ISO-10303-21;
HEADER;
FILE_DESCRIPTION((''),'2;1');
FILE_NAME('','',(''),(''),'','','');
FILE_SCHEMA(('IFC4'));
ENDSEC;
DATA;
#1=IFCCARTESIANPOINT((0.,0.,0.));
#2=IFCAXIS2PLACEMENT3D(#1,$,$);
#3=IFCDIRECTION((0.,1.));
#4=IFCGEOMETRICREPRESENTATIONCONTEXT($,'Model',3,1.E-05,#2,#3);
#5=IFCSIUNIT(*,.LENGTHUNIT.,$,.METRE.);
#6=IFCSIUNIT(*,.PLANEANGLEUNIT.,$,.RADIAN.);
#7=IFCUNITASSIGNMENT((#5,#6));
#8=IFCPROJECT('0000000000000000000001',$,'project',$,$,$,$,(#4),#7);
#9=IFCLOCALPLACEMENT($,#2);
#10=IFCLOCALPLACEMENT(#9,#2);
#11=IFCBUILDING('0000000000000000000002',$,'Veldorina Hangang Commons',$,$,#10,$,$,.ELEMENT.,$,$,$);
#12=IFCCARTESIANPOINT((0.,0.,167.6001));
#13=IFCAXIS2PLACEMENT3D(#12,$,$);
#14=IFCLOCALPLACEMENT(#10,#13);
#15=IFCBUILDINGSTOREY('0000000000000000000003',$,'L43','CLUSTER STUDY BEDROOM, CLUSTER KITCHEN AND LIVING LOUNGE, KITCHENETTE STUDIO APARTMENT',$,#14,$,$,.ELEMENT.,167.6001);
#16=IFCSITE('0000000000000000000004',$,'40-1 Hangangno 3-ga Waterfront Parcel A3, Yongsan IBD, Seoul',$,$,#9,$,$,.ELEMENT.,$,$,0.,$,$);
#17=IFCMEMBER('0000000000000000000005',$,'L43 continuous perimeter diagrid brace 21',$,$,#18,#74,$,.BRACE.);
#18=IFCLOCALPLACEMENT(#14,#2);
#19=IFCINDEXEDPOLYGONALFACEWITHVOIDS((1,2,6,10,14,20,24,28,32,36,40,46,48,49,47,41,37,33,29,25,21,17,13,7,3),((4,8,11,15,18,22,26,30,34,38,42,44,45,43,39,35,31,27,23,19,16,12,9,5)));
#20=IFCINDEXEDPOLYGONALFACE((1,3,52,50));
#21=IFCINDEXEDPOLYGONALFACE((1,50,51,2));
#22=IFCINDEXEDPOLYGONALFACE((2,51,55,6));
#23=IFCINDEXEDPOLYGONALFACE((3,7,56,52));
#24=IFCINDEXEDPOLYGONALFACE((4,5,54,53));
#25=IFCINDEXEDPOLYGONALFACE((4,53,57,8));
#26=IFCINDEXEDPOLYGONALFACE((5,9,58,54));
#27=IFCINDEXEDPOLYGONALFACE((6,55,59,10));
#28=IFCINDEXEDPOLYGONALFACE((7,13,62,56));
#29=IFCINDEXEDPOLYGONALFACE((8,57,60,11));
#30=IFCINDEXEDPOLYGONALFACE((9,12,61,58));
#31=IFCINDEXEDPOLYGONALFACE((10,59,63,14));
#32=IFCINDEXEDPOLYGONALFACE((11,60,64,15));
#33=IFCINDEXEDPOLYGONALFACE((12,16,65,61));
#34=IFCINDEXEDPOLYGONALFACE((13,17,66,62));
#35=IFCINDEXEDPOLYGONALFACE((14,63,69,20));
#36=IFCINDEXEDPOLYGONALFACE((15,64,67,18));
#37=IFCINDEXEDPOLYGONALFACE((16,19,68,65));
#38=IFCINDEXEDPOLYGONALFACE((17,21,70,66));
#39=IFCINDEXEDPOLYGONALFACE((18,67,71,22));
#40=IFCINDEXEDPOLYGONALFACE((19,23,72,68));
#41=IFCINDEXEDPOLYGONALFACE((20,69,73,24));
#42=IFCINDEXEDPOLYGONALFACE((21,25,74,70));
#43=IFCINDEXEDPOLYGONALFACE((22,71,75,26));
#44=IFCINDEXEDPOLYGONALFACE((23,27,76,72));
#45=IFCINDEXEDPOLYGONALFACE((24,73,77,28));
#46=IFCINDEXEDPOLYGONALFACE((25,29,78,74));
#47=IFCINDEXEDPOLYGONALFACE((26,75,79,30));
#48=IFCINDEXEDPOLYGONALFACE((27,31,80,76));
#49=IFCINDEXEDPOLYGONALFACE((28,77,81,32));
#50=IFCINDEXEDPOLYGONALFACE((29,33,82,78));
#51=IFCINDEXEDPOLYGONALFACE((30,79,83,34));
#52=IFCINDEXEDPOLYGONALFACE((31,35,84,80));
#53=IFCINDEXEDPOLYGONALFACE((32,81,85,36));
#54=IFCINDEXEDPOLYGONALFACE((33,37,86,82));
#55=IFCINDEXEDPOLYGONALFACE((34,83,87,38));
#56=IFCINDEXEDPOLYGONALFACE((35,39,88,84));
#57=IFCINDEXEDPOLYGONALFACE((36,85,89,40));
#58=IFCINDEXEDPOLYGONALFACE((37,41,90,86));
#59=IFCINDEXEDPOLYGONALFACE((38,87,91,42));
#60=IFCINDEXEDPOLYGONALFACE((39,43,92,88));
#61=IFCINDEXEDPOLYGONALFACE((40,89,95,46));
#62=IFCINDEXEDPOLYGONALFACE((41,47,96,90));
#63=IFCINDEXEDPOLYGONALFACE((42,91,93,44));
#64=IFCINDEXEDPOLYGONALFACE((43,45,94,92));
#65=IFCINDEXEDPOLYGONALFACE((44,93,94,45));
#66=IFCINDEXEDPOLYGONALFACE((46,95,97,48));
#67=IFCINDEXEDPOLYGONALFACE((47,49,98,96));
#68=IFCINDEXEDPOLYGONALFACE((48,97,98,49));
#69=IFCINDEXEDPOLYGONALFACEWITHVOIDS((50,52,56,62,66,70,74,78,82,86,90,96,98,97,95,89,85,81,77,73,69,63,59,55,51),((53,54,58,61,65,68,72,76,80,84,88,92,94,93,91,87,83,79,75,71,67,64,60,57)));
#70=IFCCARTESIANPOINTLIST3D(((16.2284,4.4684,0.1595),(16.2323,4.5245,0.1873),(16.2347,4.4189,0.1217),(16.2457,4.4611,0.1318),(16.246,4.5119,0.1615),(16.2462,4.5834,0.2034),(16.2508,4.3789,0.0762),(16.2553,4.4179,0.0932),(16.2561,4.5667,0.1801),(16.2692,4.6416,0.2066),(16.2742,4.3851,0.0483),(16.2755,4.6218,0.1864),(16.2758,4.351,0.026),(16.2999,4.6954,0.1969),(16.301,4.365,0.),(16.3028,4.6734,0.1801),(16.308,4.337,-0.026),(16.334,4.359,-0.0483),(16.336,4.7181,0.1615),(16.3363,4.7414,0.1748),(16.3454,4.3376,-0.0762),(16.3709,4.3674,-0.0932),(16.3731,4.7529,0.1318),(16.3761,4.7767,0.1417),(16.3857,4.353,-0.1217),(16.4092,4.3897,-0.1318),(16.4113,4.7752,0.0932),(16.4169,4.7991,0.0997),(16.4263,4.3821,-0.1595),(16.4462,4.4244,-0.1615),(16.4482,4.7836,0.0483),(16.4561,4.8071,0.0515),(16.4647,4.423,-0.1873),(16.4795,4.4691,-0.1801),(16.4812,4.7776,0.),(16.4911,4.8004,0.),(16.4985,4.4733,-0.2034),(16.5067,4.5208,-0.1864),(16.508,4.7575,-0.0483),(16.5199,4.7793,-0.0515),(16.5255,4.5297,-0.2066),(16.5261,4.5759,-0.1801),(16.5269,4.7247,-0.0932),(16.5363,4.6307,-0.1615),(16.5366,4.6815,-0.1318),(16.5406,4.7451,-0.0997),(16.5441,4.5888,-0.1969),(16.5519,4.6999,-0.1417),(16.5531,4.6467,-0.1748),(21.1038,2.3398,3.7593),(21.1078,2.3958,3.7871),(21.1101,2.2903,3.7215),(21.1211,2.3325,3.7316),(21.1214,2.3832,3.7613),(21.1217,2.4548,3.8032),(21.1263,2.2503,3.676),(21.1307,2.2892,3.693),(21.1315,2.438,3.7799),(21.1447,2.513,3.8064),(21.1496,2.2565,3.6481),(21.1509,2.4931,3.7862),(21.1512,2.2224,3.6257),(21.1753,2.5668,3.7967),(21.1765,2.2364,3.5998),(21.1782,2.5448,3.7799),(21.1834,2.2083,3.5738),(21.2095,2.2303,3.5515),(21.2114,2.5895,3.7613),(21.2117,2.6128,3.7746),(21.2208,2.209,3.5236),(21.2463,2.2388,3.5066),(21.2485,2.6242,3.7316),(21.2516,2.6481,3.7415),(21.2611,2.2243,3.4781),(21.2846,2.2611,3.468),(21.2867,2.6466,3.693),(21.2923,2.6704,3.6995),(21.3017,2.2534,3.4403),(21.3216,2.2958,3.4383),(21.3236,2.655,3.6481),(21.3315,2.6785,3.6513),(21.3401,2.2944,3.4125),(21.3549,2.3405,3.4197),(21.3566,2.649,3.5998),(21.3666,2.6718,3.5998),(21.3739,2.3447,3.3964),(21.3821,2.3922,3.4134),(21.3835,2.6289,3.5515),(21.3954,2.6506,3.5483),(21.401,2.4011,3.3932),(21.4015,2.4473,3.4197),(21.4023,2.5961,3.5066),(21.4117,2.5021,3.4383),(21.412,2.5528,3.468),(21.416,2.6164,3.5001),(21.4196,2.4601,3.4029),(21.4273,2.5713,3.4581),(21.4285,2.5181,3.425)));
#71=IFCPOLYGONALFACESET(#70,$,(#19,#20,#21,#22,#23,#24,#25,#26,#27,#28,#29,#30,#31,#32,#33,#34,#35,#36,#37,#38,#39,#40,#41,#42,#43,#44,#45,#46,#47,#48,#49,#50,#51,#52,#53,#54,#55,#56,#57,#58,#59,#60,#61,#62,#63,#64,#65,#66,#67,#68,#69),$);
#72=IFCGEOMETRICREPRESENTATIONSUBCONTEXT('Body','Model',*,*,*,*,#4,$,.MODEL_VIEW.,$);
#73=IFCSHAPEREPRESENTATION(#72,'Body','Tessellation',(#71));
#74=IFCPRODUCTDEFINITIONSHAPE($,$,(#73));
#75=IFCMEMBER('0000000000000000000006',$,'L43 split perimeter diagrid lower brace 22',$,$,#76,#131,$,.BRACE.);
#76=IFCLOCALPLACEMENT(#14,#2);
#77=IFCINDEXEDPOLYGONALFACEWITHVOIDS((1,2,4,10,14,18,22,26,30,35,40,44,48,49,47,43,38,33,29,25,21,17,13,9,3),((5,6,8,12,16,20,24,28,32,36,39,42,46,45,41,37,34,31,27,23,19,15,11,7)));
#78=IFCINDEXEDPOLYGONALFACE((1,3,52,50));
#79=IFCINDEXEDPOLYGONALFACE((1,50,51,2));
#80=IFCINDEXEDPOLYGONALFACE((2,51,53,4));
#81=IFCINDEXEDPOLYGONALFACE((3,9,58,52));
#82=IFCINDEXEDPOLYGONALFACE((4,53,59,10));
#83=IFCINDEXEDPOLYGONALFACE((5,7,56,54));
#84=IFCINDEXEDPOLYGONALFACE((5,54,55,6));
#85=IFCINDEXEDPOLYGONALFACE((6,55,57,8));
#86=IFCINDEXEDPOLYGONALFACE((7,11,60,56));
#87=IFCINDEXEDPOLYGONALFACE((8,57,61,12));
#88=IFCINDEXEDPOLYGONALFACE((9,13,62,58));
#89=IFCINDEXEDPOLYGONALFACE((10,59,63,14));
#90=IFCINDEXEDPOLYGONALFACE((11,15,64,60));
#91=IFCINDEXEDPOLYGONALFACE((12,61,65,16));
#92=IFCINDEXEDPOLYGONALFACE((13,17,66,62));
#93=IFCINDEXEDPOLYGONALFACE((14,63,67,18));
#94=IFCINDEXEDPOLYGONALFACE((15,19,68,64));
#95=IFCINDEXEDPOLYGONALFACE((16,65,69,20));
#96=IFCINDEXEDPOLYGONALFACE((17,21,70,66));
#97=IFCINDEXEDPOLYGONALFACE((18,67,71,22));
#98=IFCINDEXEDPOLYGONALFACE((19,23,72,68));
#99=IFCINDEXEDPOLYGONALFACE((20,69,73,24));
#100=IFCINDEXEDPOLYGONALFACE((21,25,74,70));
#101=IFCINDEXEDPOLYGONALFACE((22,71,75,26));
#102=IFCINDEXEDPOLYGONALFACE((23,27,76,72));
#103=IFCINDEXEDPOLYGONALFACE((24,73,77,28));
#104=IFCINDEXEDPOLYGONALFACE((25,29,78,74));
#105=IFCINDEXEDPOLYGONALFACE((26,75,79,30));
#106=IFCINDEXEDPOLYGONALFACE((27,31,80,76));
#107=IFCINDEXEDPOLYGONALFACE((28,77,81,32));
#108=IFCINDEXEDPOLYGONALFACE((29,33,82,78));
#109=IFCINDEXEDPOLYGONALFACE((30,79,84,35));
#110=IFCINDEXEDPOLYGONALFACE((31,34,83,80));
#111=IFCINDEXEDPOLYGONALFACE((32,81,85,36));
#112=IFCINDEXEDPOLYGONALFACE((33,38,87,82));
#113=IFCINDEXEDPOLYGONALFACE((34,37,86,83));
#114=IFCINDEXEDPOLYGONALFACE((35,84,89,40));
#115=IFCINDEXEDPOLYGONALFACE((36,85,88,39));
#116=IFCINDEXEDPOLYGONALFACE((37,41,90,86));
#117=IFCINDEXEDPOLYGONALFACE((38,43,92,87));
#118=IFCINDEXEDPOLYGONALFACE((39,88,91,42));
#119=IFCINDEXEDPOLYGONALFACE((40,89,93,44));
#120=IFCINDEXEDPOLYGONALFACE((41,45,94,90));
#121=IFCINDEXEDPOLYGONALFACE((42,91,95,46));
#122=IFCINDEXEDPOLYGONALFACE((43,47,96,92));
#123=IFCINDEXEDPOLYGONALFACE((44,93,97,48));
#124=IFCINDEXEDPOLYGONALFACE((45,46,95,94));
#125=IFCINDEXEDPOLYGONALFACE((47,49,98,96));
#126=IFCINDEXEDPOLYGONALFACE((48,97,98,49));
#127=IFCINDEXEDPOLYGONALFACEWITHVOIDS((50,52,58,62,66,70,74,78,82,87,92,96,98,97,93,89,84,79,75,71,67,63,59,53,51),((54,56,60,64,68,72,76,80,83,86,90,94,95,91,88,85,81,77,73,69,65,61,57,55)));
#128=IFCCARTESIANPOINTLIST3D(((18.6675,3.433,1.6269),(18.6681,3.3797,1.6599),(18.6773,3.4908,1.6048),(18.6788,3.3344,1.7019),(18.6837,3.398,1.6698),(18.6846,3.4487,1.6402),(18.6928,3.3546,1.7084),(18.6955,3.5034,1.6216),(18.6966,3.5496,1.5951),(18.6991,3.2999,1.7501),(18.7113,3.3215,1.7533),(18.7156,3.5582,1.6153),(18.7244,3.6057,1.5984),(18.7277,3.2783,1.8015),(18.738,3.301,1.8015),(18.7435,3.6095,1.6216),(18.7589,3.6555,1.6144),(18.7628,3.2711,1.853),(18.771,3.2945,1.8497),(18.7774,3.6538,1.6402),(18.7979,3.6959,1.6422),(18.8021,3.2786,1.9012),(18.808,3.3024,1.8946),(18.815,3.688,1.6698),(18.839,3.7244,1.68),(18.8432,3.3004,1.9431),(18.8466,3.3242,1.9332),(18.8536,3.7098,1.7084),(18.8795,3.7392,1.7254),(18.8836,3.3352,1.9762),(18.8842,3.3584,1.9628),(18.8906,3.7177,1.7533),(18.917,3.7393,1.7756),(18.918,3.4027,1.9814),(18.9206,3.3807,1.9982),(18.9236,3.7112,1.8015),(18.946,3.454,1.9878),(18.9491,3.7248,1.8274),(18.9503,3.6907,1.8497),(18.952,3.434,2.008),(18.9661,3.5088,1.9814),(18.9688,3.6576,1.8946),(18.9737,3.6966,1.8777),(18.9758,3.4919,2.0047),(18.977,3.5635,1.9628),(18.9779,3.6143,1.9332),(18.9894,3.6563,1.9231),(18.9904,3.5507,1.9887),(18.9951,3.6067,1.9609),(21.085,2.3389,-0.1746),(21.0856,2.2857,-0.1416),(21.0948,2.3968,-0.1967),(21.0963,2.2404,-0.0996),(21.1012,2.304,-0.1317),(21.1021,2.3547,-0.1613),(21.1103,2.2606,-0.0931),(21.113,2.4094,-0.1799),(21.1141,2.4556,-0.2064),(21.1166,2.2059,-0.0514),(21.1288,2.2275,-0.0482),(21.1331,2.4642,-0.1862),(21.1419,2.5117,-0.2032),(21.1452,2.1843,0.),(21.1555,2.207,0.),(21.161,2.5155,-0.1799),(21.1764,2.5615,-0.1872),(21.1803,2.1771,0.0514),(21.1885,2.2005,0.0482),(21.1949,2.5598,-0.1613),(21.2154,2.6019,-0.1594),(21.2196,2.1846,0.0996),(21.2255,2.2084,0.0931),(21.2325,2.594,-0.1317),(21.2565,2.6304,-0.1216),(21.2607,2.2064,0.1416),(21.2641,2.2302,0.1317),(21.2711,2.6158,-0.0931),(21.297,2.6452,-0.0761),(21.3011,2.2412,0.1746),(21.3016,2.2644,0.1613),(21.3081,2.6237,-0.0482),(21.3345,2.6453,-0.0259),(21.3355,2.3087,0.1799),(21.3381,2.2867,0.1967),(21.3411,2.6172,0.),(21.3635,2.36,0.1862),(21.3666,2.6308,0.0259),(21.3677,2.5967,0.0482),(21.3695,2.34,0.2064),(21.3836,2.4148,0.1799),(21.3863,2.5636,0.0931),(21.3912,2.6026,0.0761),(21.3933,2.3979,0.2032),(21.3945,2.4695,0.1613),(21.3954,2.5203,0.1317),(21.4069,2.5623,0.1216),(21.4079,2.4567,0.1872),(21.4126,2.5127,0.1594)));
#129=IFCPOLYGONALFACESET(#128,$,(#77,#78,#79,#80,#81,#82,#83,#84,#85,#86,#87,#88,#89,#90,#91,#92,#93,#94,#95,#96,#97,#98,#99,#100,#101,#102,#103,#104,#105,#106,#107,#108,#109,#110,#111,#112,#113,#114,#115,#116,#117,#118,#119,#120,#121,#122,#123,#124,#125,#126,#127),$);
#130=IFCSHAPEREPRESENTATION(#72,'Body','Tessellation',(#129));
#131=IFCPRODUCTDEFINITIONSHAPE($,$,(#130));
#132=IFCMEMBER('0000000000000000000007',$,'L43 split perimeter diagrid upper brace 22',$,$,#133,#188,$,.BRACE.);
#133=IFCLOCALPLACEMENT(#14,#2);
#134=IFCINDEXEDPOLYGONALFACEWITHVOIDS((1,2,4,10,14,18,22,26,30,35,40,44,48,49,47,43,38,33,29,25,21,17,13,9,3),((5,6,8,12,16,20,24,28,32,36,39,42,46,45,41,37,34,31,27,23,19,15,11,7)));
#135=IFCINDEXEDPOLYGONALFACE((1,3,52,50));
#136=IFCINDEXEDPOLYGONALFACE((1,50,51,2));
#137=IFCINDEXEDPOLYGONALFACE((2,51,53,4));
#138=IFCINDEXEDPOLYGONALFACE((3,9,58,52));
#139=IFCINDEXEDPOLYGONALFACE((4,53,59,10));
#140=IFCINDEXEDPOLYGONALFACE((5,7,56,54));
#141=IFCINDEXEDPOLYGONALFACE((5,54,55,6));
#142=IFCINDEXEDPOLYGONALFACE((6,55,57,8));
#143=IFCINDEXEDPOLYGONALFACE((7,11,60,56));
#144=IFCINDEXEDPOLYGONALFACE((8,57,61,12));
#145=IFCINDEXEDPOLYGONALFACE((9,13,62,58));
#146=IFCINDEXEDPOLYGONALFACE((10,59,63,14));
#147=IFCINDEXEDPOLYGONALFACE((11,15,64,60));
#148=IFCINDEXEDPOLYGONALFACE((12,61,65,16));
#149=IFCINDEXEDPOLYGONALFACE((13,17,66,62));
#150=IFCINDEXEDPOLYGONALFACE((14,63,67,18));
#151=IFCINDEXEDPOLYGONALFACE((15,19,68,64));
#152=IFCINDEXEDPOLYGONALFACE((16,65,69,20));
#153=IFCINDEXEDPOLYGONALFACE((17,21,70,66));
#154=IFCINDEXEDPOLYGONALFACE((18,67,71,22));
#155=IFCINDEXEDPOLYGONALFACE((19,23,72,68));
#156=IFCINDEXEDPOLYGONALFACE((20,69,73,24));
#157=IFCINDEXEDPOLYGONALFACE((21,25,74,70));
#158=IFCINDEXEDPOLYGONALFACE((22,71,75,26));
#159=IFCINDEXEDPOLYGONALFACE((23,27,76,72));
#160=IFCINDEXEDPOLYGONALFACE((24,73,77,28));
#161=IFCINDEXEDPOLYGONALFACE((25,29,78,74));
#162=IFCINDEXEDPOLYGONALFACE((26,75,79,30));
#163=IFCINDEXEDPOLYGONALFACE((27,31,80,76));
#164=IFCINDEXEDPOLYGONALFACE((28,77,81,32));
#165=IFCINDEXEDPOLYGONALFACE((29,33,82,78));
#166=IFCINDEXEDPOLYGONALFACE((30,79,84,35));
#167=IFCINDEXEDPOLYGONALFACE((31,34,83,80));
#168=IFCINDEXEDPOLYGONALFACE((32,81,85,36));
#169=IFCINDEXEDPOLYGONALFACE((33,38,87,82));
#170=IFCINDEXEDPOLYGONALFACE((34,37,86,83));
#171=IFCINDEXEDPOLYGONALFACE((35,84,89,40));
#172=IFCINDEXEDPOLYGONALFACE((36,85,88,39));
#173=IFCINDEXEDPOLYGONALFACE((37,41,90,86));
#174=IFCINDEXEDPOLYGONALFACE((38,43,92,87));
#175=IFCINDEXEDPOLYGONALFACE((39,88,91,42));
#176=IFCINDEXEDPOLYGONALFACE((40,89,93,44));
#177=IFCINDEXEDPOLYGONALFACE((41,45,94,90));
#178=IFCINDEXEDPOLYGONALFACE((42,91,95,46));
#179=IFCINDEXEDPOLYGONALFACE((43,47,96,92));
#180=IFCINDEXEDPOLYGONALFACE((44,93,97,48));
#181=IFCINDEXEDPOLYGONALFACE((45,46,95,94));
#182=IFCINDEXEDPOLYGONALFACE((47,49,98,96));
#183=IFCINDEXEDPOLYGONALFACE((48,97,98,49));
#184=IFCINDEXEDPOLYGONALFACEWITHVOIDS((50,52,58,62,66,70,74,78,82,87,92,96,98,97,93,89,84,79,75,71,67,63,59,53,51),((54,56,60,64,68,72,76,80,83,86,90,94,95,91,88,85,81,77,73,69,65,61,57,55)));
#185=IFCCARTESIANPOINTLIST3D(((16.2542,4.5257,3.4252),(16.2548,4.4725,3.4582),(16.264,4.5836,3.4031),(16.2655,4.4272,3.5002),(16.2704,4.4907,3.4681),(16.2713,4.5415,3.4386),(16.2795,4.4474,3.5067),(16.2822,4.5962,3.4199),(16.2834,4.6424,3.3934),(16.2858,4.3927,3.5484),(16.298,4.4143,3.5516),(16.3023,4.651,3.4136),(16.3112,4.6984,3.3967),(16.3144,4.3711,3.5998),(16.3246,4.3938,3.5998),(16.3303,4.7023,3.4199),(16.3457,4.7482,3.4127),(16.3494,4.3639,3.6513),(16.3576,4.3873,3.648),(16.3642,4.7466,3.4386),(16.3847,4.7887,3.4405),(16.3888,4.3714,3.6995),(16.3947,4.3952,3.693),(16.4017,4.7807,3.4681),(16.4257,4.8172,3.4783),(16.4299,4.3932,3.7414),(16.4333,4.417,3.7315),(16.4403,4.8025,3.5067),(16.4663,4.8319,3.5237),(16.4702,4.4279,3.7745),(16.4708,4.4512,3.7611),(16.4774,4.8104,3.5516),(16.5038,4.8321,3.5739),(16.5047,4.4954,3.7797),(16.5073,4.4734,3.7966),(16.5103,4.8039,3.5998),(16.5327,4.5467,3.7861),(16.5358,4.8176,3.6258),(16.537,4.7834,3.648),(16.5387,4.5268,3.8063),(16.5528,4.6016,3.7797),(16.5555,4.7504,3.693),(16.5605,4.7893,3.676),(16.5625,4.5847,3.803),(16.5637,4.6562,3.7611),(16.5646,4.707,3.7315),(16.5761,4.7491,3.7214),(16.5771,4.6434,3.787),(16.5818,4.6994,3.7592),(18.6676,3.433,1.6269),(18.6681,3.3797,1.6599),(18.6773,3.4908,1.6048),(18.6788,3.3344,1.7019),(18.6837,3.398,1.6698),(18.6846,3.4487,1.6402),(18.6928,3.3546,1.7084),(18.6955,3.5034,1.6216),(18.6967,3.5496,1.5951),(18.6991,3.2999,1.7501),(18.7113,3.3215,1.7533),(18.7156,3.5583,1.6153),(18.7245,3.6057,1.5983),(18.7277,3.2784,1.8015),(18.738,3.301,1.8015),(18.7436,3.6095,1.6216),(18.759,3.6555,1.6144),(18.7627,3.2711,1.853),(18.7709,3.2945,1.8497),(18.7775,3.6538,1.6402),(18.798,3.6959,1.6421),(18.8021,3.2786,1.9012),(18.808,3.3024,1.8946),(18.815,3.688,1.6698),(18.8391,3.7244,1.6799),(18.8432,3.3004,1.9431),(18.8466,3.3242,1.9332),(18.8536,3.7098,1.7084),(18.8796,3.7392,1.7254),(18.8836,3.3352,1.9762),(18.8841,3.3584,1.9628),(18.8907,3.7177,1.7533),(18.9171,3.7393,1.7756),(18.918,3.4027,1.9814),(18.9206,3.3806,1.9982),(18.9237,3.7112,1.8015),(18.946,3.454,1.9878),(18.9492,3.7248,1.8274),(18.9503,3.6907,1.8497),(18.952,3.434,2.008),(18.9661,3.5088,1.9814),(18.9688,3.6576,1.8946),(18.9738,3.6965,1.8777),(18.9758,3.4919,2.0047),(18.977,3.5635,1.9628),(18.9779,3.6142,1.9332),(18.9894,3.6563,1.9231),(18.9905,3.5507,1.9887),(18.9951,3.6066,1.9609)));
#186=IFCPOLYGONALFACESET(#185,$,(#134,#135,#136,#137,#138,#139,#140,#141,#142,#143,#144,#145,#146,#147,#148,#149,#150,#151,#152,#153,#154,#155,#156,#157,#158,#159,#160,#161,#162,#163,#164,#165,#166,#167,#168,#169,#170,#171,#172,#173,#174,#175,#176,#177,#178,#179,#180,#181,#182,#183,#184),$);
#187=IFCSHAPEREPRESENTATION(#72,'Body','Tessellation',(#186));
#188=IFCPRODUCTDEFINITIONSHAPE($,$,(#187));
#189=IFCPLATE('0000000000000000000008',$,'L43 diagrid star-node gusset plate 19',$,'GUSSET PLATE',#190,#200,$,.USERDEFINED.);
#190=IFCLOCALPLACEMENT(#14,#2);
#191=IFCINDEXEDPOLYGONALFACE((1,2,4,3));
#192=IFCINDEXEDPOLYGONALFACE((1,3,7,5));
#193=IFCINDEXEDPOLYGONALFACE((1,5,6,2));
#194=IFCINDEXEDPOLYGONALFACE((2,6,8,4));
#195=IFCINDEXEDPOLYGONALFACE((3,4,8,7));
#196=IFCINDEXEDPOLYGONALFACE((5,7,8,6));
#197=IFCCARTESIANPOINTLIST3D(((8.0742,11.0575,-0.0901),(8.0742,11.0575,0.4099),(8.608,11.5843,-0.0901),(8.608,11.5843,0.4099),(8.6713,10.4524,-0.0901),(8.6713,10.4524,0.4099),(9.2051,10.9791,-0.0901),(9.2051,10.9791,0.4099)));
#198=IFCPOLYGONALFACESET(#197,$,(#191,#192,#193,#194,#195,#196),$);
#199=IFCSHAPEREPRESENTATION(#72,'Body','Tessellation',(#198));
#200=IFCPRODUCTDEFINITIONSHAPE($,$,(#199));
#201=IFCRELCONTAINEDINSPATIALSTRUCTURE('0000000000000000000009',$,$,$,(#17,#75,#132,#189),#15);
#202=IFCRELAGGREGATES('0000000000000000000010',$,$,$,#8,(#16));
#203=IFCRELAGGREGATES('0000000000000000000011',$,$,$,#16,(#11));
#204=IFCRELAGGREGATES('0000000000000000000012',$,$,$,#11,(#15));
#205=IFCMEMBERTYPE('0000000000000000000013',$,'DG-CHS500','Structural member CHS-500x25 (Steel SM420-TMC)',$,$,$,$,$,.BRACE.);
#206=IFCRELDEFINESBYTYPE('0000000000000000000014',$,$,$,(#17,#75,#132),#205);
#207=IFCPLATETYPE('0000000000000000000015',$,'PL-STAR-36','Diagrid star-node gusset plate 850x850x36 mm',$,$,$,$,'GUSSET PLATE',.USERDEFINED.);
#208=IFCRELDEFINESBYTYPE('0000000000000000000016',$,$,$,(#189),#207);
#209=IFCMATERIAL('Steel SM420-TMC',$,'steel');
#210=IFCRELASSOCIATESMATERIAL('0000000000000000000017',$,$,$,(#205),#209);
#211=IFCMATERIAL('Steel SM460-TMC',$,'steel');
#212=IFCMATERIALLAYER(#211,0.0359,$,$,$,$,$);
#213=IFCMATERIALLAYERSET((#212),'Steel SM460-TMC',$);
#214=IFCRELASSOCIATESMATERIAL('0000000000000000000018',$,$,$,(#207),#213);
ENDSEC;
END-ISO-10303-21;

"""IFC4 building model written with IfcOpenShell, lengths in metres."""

from ifc_helpers import new_model, si_unit, direction, frame, origin, origin_2d, place, context, subcontext, project, spatial, rectangle, hollow_circle, extrude, material, layer, layer_set, material_profile, profile_set, type_object, element, save


model = new_model("IFC4")

# Units and contexts
model_context = context("Model", 3, precision=1e-05, world=origin(), true_north=direction((0.0, 1.0)))
body_context = subcontext(model_context, "Body", "Model", "MODEL_VIEW")
ifc_project = project(units=[si_unit("LENGTHUNIT", "METRE"), si_unit("PLANEANGLEUNIT", "RADIAN")], contexts=[model_context])

# Site, building, storey
site_placement = place(None, origin())
site = spatial("IfcSite", under=ifc_project, at=site_placement, Name="40-1 Hangangno 3-ga Waterfront Parcel A3, Yongsan IBD, Seoul", CompositionType="ELEMENT", RefElevation=0.0)
building_placement = place(site_placement, origin())
building = spatial("IfcBuilding", under=site, at=building_placement, Name="Veldorina Hangang Commons", CompositionType="ELEMENT")
storey_placement = place(building_placement, frame((0.0, 0.0, 167.6001)))
storey = spatial("IfcBuildingStorey", under=building, at=storey_placement, Name="L43", Description="CLUSTER STUDY BEDROOM, CLUSTER KITCHEN AND LIVING LOUNGE, KITCHENETTE STUDIO APARTMENT", CompositionType="ELEMENT", Elevation=167.6001)

# Shared definitions
ifc_material_1 = material(Name="Steel SM420-TMC", Category="steel")

# Members
ifc_material_profile_1 = material_profile(ifc_material_1, hollow_circle(Radius=0.25, WallThickness=0.0249, at=origin_2d()), Name="CHS-500x25")
ifc_profile_set_1 = profile_set([ifc_material_profile_1], Name="Steel SM420-TMC")
member_type = type_object("IfcMemberType", Name="DG-CHS500", Description="Structural member CHS-500x25 (Steel SM420-TMC)", PredefinedType="BRACE", material=ifc_profile_set_1)
member_1_placement = place(storey_placement, frame((16.3911, 4.5713, 0.0), z_axis=(0.759016, -0.33139, 0.560425), x_axis=(0.40013, 0.916458, 0.0)))
element("IfcMember", 1, at=member_1_placement, inside=storey, type_object=member_type, Name="L43 continuous perimeter diagrid brace 21", PredefinedType="BRACE", context=body_context, shape_type="SweptSolid", body=[
    extrude(hollow_circle(Radius=0.25, WallThickness=0.0249, at=origin_2d()), origin(), (0.0, 0.0, 1.0), 6.4233),
])
member_2_placement = place(storey_placement, frame((21.2483, 2.4121, 0.0), z_axis=(-0.753754, 0.3411, 0.561699), x_axis=(-0.412284, -0.911055, 0.0)))
element("IfcMember", 2, at=member_2_placement, inside=storey, type_object=member_type, Name="L43 split perimeter diagrid lower brace 22", PredefinedType="BRACE", context=body_context, shape_type="SweptSolid", body=[
    extrude(hollow_circle(Radius=0.25, WallThickness=0.0249, at=origin_2d()), origin(), (0.0, 0.0, 1.0), 3.2073),
])
member_3_placement = place(storey_placement, frame((18.8308, 3.5061, 1.8015), z_axis=(-0.753712, 0.341286, 0.561643), x_axis=(-0.41249, -0.910962, 0.0)))
element("IfcMember", 3, at=member_3_placement, inside=storey, type_object=member_type, Name="L43 split perimeter diagrid upper brace 22", PredefinedType="BRACE", context=body_context, shape_type="SweptSolid", body=[
    extrude(hollow_circle(Radius=0.25, WallThickness=0.0249, at=origin_2d()), origin(), (0.0, 0.0, 1.0), 3.2019),
])

# Plate
ifc_material_2 = material(Name="Steel SM460-TMC", Category="steel")
ifc_layer_1 = layer(ifc_material_2, 0.0359)
ifc_layer_set_1 = layer_set([ifc_layer_1], Name="Steel SM460-TMC")
plate_type = type_object("IfcPlateType", Name="PL-STAR-36", Description="Diagrid star-node gusset plate 850x850x36 mm", ElementType="GUSSET PLATE", PredefinedType="USERDEFINED", material=ifc_layer_set_1)
plate_1_placement = place(storey_placement, frame((8.6396, 11.0183, -0.0901), z_axis=(0.0, 0.0, 1.0), x_axis=(0.702364, -0.711818, 0.0)))
element("IfcPlate", 4, at=plate_1_placement, inside=storey, type_object=plate_type, Name="L43 diagrid star-node gusset plate 19", ObjectType="GUSSET PLATE", PredefinedType="USERDEFINED", context=body_context, shape_type="SweptSolid", body=[
    extrude(rectangle(XDim=0.8501, YDim=0.75, at=origin_2d()), origin(), (0.0, 0.0, 1.0), 0.5),
])

save(model, "model.ifc")
